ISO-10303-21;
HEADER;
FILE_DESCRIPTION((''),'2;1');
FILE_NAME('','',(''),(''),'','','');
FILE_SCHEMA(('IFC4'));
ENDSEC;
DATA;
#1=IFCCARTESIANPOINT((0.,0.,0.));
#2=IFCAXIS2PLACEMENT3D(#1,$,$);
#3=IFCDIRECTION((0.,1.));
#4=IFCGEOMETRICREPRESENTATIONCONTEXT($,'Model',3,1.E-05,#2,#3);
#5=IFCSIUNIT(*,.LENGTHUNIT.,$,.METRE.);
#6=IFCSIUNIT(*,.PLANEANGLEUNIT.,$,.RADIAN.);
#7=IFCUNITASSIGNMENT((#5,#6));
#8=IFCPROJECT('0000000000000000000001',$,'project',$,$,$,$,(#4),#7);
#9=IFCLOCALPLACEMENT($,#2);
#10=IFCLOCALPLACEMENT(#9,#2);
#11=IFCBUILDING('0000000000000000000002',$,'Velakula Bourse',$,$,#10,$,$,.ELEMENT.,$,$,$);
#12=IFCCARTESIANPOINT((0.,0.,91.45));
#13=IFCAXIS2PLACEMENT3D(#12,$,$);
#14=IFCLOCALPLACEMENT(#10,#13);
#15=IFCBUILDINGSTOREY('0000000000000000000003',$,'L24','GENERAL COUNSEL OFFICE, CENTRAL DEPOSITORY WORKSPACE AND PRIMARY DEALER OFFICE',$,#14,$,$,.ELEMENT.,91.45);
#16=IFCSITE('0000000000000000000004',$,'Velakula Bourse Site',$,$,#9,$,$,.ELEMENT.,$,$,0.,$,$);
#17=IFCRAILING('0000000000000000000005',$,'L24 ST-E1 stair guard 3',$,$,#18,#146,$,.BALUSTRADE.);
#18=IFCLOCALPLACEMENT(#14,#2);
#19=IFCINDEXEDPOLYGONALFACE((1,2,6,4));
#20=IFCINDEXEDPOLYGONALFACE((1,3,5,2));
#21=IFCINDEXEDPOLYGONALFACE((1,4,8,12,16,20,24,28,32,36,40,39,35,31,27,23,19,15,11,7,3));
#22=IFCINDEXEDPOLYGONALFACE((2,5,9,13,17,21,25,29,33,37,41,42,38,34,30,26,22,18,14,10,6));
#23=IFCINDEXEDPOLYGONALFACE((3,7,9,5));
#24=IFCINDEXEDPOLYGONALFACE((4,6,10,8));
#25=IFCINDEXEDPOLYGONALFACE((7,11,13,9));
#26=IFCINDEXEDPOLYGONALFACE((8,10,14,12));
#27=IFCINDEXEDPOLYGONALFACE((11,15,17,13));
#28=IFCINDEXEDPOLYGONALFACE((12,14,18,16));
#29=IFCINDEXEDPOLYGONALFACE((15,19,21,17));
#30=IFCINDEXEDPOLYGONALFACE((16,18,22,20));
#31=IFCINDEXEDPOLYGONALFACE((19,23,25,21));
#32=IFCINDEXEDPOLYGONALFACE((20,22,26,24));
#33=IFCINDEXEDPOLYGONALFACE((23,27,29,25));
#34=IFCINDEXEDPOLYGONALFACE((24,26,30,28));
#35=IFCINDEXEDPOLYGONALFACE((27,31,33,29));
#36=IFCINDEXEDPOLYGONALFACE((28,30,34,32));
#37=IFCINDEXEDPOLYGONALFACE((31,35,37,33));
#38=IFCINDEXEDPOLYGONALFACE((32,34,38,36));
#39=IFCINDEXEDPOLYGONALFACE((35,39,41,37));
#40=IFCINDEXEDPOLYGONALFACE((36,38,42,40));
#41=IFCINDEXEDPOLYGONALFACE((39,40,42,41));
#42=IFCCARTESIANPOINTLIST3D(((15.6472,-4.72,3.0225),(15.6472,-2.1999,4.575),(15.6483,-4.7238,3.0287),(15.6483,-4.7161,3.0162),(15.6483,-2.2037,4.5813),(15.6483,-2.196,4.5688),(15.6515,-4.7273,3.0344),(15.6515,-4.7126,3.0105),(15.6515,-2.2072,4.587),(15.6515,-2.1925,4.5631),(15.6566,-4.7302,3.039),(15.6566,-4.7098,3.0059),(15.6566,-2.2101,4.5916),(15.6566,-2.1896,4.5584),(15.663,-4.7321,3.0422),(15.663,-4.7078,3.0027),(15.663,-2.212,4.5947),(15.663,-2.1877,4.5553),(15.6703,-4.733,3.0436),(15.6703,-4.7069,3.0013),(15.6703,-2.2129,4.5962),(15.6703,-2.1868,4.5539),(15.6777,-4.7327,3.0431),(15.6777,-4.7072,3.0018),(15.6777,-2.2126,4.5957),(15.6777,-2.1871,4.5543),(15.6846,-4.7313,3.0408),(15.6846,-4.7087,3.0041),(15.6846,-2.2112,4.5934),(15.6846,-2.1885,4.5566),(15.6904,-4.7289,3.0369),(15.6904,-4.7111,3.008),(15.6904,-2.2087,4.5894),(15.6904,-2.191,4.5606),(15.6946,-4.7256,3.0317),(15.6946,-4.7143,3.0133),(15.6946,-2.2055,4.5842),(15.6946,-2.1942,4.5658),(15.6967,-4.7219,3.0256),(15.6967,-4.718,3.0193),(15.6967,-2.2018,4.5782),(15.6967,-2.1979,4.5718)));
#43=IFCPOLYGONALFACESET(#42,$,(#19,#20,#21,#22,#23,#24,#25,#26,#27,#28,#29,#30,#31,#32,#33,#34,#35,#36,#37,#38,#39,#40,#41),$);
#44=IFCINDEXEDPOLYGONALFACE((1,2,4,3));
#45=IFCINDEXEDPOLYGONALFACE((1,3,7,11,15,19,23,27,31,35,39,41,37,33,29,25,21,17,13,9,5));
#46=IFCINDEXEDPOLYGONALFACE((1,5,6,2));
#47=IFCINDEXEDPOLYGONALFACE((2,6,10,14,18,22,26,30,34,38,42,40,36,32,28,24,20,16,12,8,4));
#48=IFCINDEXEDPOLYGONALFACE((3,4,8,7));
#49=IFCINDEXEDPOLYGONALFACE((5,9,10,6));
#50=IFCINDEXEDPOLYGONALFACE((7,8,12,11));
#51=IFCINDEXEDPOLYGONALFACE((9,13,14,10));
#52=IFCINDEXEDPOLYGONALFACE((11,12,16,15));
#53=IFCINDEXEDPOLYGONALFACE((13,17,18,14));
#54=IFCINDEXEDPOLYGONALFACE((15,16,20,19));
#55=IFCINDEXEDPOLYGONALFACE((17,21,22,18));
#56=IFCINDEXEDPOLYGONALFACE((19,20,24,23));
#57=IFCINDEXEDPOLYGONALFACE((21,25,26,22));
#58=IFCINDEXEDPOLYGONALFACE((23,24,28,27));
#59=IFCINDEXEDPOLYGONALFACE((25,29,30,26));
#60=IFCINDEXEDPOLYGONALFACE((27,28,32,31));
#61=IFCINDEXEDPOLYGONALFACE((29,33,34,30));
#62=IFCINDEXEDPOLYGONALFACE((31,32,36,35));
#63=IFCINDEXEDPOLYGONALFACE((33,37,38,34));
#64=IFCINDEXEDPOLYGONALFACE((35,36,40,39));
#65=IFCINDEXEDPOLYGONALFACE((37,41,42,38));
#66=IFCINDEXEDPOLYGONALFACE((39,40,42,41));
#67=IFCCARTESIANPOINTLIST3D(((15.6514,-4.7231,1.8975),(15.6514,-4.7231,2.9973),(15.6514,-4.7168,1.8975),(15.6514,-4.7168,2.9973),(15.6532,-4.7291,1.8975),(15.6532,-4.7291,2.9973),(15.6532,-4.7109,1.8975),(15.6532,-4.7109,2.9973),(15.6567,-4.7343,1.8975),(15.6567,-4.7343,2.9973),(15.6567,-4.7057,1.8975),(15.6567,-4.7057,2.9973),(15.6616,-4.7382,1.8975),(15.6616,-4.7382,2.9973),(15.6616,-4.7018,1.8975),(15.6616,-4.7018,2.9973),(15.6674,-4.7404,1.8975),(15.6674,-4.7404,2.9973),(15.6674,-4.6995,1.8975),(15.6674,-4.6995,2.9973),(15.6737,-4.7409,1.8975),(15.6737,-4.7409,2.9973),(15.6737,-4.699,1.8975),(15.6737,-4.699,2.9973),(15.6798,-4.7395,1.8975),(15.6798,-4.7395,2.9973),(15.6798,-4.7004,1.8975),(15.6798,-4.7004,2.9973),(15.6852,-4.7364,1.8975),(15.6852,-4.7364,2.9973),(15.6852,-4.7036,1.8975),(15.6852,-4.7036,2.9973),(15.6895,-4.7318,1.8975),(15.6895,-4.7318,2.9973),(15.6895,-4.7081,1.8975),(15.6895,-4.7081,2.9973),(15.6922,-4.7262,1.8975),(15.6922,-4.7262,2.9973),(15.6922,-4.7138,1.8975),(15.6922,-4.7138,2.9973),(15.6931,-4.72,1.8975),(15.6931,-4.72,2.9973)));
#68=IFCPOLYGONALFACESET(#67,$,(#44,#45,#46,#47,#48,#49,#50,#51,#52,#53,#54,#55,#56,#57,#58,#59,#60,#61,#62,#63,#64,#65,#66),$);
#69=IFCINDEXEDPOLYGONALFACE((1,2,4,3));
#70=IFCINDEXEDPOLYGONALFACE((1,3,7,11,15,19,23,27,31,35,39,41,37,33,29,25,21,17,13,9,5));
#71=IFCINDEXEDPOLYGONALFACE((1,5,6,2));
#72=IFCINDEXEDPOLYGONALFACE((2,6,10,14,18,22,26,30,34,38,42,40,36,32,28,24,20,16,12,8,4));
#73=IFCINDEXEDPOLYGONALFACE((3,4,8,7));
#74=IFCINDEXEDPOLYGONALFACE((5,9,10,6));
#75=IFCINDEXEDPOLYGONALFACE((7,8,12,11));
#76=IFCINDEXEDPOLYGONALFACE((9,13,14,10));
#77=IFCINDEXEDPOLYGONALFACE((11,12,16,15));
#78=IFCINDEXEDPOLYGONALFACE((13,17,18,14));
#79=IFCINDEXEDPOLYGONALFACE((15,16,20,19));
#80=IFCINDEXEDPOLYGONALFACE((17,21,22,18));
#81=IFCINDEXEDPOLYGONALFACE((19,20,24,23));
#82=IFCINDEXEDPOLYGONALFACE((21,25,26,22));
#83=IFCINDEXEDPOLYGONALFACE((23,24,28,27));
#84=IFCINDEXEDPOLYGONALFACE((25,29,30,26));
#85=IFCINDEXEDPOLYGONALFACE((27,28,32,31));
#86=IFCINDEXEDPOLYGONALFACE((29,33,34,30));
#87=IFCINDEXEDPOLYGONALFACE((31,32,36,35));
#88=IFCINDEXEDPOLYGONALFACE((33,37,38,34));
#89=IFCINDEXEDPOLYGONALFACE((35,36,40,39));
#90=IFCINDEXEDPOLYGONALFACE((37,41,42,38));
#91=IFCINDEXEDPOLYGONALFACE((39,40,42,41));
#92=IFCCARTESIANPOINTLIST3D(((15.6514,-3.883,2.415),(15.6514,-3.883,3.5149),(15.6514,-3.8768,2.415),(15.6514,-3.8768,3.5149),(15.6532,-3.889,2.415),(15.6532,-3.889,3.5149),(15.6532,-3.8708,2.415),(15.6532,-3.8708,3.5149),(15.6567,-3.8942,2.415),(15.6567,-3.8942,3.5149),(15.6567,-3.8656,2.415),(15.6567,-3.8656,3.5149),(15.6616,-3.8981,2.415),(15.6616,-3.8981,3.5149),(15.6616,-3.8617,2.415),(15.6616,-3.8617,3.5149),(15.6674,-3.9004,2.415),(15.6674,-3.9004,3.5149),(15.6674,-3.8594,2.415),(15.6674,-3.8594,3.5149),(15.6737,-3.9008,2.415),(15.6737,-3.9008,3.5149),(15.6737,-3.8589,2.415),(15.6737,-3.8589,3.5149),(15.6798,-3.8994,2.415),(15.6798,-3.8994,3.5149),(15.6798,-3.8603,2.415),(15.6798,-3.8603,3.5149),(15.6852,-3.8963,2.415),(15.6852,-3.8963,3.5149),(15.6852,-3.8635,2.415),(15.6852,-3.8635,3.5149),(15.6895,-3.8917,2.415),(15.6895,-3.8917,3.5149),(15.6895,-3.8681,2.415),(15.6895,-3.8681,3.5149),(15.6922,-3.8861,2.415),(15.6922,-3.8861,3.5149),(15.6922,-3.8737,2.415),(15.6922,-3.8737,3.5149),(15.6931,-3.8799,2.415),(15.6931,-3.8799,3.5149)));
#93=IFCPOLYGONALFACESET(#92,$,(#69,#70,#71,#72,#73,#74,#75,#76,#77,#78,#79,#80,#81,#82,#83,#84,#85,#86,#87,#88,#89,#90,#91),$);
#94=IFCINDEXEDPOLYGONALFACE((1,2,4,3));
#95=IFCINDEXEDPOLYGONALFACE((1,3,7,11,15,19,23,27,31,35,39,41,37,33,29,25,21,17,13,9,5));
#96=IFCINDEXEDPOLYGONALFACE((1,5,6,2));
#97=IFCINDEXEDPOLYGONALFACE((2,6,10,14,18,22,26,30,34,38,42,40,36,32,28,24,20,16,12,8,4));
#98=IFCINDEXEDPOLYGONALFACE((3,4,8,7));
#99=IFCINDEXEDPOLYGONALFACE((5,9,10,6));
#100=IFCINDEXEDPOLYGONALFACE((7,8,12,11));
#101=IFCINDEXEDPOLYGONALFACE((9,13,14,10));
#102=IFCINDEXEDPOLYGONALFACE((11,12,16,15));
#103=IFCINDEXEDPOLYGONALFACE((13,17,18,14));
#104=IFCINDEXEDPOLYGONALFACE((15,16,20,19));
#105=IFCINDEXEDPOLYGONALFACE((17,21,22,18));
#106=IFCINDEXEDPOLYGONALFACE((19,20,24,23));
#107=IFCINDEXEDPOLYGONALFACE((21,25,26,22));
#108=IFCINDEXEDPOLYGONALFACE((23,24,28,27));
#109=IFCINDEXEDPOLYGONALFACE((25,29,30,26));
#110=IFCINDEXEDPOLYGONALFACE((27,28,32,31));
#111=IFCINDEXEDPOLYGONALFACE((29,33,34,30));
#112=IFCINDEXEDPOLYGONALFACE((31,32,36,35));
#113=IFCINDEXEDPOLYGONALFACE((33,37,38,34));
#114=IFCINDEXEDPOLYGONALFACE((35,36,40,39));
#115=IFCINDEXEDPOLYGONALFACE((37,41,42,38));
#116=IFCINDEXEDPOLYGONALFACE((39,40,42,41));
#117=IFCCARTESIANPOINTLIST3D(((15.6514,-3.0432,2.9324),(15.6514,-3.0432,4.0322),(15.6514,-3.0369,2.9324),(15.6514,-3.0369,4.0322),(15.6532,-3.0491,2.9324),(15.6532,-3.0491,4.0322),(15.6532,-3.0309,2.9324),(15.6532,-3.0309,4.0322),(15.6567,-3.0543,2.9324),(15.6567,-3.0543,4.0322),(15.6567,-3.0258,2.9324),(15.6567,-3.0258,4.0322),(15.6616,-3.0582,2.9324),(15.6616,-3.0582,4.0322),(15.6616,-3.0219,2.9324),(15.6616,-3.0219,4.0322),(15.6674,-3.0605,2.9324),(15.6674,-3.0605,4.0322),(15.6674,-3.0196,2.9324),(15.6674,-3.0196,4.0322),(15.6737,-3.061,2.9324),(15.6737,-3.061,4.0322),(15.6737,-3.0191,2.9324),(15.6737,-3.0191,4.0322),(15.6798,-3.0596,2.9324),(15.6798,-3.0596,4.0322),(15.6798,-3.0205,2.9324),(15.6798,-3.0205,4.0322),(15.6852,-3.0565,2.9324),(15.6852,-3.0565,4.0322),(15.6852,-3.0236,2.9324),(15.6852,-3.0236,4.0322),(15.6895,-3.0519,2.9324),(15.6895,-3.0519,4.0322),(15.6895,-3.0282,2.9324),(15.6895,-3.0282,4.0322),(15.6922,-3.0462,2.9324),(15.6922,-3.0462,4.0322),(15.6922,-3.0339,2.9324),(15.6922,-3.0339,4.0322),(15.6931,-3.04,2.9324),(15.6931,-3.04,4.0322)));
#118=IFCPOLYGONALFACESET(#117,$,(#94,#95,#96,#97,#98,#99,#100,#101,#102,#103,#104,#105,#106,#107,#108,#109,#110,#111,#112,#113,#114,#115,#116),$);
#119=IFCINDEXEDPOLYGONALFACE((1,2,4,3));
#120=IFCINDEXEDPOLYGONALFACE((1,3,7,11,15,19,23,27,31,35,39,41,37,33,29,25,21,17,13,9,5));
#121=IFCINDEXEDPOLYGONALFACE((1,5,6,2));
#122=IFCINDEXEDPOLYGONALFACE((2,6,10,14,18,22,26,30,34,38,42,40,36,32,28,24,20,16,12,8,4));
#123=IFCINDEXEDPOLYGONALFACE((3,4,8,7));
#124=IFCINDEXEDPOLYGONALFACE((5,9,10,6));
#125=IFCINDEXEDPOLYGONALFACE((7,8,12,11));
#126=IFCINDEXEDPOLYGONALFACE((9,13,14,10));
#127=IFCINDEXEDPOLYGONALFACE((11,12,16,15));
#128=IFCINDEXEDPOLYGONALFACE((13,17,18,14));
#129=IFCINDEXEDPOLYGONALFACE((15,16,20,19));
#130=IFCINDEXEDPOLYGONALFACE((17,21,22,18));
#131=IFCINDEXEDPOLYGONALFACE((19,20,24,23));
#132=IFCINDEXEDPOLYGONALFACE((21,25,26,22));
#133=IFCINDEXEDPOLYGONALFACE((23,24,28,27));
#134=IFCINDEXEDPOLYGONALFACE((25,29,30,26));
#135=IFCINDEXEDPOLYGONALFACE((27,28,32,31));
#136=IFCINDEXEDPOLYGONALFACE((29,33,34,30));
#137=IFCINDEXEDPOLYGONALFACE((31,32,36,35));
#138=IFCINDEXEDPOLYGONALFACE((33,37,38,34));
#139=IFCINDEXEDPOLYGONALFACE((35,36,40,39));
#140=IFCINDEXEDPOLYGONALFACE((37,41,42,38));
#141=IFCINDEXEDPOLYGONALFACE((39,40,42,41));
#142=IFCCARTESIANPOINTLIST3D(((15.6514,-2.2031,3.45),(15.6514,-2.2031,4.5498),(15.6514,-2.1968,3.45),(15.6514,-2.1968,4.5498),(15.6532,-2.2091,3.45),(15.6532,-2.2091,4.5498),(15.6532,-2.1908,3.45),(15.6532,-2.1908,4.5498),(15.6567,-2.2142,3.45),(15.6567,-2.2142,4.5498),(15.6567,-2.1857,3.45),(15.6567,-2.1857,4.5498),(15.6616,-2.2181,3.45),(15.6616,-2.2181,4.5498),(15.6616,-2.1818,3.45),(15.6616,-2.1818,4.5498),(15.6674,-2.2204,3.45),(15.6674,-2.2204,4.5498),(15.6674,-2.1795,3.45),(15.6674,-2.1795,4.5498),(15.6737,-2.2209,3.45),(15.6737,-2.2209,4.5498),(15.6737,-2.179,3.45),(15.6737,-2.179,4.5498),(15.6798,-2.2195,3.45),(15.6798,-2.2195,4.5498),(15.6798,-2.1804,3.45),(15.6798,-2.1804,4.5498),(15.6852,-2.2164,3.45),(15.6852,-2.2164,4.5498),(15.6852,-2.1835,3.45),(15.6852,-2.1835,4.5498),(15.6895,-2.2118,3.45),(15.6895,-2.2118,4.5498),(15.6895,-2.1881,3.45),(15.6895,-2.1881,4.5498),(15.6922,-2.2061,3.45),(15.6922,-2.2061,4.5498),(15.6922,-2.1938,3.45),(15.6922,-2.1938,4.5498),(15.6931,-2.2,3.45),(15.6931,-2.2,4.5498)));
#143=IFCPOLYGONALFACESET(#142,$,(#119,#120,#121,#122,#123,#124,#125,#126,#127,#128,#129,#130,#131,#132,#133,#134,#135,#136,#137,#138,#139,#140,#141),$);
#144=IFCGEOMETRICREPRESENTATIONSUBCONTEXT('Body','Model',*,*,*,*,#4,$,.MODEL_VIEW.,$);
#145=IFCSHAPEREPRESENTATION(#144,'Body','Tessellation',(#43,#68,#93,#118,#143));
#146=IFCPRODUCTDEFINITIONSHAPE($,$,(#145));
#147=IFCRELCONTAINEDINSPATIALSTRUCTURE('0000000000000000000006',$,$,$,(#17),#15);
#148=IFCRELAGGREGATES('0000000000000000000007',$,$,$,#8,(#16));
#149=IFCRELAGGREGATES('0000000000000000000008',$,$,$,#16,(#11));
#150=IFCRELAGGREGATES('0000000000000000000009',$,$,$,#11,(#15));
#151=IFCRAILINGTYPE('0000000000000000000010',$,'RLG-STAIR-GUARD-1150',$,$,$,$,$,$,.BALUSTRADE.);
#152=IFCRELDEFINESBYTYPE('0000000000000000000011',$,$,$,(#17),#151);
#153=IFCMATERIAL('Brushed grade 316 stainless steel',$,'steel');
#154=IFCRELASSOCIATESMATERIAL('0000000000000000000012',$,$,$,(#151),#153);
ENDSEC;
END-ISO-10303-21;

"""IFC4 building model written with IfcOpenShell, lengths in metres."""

from ifc_helpers import new_model, si_unit, direction, frame, origin, origin_2d, place, context, subcontext, project, spatial, circle, extrude, material, type_object, element, save


model = new_model("IFC4")

# Units and contexts
model_context = context("Model", 3, precision=1e-05, world=origin(), true_north=direction((0.0, 1.0)))
body_context = subcontext(model_context, "Body", "Model", "MODEL_VIEW")
ifc_project = project(units=[si_unit("LENGTHUNIT", "METRE"), si_unit("PLANEANGLEUNIT", "RADIAN")], contexts=[model_context])

# Site, building, storey
site_placement = place(None, origin())
site = spatial("IfcSite", under=ifc_project, at=site_placement, Name="Velakula Bourse Site", CompositionType="ELEMENT", RefElevation=0.0)
building_placement = place(site_placement, origin())
building = spatial("IfcBuilding", under=site, at=building_placement, Name="Velakula Bourse", CompositionType="ELEMENT")
storey_placement = place(building_placement, frame((0.0, 0.0, 91.45)))
storey = spatial("IfcBuildingStorey", under=building, at=storey_placement, Name="L24", Description="GENERAL COUNSEL OFFICE, CENTRAL DEPOSITORY WORKSPACE AND PRIMARY DEALER OFFICE", CompositionType="ELEMENT", Elevation=91.45)

# Railing
ifc_material_1 = material(Name="Brushed grade 316 stainless steel", Category="steel")
railing_type_1 = type_object("IfcRailingType", Name="RLG-STAIR-GUARD-1150", PredefinedType="BALUSTRADE", material=ifc_material_1)
railing_1_placement = place(storey_placement, frame((15.6721, -4.72, 1.8975)))
element("IfcRailing", 1, at=railing_1_placement, inside=storey, type_object=railing_type_1, Name="L24 ST-E1 stair guard 3", PredefinedType="BALUSTRADE", context=body_context, shape_type="SweptSolid", body=[
    extrude(circle(Radius=0.0249, at=origin_2d()), frame((0.0, 0.0, 1.125), z_axis=(0.0, 0.8514, 0.524516), x_axis=(-1.0, 0.0, 0.0)), (0.0, 0.0, 1.0), 2.96),
    extrude(circle(Radius=0.021, at=origin_2d()), origin(), (0.0, 0.0, 1.0), 1.0999),
    extrude(circle(Radius=0.021, at=origin_2d()), frame((0.0, 0.8401, 0.5176)), (0.0, 0.0, 1.0), 1.0999),
    extrude(circle(Radius=0.021, at=origin_2d()), frame((0.0, 1.6799, 1.0349)), (0.0, 0.0, 1.0), 1.0999),
    extrude(circle(Radius=0.021, at=origin_2d()), frame((0.0, 2.52, 1.5525)), (0.0, 0.0, 1.0), 1.0999),
])

save(model, "model.ifc")
